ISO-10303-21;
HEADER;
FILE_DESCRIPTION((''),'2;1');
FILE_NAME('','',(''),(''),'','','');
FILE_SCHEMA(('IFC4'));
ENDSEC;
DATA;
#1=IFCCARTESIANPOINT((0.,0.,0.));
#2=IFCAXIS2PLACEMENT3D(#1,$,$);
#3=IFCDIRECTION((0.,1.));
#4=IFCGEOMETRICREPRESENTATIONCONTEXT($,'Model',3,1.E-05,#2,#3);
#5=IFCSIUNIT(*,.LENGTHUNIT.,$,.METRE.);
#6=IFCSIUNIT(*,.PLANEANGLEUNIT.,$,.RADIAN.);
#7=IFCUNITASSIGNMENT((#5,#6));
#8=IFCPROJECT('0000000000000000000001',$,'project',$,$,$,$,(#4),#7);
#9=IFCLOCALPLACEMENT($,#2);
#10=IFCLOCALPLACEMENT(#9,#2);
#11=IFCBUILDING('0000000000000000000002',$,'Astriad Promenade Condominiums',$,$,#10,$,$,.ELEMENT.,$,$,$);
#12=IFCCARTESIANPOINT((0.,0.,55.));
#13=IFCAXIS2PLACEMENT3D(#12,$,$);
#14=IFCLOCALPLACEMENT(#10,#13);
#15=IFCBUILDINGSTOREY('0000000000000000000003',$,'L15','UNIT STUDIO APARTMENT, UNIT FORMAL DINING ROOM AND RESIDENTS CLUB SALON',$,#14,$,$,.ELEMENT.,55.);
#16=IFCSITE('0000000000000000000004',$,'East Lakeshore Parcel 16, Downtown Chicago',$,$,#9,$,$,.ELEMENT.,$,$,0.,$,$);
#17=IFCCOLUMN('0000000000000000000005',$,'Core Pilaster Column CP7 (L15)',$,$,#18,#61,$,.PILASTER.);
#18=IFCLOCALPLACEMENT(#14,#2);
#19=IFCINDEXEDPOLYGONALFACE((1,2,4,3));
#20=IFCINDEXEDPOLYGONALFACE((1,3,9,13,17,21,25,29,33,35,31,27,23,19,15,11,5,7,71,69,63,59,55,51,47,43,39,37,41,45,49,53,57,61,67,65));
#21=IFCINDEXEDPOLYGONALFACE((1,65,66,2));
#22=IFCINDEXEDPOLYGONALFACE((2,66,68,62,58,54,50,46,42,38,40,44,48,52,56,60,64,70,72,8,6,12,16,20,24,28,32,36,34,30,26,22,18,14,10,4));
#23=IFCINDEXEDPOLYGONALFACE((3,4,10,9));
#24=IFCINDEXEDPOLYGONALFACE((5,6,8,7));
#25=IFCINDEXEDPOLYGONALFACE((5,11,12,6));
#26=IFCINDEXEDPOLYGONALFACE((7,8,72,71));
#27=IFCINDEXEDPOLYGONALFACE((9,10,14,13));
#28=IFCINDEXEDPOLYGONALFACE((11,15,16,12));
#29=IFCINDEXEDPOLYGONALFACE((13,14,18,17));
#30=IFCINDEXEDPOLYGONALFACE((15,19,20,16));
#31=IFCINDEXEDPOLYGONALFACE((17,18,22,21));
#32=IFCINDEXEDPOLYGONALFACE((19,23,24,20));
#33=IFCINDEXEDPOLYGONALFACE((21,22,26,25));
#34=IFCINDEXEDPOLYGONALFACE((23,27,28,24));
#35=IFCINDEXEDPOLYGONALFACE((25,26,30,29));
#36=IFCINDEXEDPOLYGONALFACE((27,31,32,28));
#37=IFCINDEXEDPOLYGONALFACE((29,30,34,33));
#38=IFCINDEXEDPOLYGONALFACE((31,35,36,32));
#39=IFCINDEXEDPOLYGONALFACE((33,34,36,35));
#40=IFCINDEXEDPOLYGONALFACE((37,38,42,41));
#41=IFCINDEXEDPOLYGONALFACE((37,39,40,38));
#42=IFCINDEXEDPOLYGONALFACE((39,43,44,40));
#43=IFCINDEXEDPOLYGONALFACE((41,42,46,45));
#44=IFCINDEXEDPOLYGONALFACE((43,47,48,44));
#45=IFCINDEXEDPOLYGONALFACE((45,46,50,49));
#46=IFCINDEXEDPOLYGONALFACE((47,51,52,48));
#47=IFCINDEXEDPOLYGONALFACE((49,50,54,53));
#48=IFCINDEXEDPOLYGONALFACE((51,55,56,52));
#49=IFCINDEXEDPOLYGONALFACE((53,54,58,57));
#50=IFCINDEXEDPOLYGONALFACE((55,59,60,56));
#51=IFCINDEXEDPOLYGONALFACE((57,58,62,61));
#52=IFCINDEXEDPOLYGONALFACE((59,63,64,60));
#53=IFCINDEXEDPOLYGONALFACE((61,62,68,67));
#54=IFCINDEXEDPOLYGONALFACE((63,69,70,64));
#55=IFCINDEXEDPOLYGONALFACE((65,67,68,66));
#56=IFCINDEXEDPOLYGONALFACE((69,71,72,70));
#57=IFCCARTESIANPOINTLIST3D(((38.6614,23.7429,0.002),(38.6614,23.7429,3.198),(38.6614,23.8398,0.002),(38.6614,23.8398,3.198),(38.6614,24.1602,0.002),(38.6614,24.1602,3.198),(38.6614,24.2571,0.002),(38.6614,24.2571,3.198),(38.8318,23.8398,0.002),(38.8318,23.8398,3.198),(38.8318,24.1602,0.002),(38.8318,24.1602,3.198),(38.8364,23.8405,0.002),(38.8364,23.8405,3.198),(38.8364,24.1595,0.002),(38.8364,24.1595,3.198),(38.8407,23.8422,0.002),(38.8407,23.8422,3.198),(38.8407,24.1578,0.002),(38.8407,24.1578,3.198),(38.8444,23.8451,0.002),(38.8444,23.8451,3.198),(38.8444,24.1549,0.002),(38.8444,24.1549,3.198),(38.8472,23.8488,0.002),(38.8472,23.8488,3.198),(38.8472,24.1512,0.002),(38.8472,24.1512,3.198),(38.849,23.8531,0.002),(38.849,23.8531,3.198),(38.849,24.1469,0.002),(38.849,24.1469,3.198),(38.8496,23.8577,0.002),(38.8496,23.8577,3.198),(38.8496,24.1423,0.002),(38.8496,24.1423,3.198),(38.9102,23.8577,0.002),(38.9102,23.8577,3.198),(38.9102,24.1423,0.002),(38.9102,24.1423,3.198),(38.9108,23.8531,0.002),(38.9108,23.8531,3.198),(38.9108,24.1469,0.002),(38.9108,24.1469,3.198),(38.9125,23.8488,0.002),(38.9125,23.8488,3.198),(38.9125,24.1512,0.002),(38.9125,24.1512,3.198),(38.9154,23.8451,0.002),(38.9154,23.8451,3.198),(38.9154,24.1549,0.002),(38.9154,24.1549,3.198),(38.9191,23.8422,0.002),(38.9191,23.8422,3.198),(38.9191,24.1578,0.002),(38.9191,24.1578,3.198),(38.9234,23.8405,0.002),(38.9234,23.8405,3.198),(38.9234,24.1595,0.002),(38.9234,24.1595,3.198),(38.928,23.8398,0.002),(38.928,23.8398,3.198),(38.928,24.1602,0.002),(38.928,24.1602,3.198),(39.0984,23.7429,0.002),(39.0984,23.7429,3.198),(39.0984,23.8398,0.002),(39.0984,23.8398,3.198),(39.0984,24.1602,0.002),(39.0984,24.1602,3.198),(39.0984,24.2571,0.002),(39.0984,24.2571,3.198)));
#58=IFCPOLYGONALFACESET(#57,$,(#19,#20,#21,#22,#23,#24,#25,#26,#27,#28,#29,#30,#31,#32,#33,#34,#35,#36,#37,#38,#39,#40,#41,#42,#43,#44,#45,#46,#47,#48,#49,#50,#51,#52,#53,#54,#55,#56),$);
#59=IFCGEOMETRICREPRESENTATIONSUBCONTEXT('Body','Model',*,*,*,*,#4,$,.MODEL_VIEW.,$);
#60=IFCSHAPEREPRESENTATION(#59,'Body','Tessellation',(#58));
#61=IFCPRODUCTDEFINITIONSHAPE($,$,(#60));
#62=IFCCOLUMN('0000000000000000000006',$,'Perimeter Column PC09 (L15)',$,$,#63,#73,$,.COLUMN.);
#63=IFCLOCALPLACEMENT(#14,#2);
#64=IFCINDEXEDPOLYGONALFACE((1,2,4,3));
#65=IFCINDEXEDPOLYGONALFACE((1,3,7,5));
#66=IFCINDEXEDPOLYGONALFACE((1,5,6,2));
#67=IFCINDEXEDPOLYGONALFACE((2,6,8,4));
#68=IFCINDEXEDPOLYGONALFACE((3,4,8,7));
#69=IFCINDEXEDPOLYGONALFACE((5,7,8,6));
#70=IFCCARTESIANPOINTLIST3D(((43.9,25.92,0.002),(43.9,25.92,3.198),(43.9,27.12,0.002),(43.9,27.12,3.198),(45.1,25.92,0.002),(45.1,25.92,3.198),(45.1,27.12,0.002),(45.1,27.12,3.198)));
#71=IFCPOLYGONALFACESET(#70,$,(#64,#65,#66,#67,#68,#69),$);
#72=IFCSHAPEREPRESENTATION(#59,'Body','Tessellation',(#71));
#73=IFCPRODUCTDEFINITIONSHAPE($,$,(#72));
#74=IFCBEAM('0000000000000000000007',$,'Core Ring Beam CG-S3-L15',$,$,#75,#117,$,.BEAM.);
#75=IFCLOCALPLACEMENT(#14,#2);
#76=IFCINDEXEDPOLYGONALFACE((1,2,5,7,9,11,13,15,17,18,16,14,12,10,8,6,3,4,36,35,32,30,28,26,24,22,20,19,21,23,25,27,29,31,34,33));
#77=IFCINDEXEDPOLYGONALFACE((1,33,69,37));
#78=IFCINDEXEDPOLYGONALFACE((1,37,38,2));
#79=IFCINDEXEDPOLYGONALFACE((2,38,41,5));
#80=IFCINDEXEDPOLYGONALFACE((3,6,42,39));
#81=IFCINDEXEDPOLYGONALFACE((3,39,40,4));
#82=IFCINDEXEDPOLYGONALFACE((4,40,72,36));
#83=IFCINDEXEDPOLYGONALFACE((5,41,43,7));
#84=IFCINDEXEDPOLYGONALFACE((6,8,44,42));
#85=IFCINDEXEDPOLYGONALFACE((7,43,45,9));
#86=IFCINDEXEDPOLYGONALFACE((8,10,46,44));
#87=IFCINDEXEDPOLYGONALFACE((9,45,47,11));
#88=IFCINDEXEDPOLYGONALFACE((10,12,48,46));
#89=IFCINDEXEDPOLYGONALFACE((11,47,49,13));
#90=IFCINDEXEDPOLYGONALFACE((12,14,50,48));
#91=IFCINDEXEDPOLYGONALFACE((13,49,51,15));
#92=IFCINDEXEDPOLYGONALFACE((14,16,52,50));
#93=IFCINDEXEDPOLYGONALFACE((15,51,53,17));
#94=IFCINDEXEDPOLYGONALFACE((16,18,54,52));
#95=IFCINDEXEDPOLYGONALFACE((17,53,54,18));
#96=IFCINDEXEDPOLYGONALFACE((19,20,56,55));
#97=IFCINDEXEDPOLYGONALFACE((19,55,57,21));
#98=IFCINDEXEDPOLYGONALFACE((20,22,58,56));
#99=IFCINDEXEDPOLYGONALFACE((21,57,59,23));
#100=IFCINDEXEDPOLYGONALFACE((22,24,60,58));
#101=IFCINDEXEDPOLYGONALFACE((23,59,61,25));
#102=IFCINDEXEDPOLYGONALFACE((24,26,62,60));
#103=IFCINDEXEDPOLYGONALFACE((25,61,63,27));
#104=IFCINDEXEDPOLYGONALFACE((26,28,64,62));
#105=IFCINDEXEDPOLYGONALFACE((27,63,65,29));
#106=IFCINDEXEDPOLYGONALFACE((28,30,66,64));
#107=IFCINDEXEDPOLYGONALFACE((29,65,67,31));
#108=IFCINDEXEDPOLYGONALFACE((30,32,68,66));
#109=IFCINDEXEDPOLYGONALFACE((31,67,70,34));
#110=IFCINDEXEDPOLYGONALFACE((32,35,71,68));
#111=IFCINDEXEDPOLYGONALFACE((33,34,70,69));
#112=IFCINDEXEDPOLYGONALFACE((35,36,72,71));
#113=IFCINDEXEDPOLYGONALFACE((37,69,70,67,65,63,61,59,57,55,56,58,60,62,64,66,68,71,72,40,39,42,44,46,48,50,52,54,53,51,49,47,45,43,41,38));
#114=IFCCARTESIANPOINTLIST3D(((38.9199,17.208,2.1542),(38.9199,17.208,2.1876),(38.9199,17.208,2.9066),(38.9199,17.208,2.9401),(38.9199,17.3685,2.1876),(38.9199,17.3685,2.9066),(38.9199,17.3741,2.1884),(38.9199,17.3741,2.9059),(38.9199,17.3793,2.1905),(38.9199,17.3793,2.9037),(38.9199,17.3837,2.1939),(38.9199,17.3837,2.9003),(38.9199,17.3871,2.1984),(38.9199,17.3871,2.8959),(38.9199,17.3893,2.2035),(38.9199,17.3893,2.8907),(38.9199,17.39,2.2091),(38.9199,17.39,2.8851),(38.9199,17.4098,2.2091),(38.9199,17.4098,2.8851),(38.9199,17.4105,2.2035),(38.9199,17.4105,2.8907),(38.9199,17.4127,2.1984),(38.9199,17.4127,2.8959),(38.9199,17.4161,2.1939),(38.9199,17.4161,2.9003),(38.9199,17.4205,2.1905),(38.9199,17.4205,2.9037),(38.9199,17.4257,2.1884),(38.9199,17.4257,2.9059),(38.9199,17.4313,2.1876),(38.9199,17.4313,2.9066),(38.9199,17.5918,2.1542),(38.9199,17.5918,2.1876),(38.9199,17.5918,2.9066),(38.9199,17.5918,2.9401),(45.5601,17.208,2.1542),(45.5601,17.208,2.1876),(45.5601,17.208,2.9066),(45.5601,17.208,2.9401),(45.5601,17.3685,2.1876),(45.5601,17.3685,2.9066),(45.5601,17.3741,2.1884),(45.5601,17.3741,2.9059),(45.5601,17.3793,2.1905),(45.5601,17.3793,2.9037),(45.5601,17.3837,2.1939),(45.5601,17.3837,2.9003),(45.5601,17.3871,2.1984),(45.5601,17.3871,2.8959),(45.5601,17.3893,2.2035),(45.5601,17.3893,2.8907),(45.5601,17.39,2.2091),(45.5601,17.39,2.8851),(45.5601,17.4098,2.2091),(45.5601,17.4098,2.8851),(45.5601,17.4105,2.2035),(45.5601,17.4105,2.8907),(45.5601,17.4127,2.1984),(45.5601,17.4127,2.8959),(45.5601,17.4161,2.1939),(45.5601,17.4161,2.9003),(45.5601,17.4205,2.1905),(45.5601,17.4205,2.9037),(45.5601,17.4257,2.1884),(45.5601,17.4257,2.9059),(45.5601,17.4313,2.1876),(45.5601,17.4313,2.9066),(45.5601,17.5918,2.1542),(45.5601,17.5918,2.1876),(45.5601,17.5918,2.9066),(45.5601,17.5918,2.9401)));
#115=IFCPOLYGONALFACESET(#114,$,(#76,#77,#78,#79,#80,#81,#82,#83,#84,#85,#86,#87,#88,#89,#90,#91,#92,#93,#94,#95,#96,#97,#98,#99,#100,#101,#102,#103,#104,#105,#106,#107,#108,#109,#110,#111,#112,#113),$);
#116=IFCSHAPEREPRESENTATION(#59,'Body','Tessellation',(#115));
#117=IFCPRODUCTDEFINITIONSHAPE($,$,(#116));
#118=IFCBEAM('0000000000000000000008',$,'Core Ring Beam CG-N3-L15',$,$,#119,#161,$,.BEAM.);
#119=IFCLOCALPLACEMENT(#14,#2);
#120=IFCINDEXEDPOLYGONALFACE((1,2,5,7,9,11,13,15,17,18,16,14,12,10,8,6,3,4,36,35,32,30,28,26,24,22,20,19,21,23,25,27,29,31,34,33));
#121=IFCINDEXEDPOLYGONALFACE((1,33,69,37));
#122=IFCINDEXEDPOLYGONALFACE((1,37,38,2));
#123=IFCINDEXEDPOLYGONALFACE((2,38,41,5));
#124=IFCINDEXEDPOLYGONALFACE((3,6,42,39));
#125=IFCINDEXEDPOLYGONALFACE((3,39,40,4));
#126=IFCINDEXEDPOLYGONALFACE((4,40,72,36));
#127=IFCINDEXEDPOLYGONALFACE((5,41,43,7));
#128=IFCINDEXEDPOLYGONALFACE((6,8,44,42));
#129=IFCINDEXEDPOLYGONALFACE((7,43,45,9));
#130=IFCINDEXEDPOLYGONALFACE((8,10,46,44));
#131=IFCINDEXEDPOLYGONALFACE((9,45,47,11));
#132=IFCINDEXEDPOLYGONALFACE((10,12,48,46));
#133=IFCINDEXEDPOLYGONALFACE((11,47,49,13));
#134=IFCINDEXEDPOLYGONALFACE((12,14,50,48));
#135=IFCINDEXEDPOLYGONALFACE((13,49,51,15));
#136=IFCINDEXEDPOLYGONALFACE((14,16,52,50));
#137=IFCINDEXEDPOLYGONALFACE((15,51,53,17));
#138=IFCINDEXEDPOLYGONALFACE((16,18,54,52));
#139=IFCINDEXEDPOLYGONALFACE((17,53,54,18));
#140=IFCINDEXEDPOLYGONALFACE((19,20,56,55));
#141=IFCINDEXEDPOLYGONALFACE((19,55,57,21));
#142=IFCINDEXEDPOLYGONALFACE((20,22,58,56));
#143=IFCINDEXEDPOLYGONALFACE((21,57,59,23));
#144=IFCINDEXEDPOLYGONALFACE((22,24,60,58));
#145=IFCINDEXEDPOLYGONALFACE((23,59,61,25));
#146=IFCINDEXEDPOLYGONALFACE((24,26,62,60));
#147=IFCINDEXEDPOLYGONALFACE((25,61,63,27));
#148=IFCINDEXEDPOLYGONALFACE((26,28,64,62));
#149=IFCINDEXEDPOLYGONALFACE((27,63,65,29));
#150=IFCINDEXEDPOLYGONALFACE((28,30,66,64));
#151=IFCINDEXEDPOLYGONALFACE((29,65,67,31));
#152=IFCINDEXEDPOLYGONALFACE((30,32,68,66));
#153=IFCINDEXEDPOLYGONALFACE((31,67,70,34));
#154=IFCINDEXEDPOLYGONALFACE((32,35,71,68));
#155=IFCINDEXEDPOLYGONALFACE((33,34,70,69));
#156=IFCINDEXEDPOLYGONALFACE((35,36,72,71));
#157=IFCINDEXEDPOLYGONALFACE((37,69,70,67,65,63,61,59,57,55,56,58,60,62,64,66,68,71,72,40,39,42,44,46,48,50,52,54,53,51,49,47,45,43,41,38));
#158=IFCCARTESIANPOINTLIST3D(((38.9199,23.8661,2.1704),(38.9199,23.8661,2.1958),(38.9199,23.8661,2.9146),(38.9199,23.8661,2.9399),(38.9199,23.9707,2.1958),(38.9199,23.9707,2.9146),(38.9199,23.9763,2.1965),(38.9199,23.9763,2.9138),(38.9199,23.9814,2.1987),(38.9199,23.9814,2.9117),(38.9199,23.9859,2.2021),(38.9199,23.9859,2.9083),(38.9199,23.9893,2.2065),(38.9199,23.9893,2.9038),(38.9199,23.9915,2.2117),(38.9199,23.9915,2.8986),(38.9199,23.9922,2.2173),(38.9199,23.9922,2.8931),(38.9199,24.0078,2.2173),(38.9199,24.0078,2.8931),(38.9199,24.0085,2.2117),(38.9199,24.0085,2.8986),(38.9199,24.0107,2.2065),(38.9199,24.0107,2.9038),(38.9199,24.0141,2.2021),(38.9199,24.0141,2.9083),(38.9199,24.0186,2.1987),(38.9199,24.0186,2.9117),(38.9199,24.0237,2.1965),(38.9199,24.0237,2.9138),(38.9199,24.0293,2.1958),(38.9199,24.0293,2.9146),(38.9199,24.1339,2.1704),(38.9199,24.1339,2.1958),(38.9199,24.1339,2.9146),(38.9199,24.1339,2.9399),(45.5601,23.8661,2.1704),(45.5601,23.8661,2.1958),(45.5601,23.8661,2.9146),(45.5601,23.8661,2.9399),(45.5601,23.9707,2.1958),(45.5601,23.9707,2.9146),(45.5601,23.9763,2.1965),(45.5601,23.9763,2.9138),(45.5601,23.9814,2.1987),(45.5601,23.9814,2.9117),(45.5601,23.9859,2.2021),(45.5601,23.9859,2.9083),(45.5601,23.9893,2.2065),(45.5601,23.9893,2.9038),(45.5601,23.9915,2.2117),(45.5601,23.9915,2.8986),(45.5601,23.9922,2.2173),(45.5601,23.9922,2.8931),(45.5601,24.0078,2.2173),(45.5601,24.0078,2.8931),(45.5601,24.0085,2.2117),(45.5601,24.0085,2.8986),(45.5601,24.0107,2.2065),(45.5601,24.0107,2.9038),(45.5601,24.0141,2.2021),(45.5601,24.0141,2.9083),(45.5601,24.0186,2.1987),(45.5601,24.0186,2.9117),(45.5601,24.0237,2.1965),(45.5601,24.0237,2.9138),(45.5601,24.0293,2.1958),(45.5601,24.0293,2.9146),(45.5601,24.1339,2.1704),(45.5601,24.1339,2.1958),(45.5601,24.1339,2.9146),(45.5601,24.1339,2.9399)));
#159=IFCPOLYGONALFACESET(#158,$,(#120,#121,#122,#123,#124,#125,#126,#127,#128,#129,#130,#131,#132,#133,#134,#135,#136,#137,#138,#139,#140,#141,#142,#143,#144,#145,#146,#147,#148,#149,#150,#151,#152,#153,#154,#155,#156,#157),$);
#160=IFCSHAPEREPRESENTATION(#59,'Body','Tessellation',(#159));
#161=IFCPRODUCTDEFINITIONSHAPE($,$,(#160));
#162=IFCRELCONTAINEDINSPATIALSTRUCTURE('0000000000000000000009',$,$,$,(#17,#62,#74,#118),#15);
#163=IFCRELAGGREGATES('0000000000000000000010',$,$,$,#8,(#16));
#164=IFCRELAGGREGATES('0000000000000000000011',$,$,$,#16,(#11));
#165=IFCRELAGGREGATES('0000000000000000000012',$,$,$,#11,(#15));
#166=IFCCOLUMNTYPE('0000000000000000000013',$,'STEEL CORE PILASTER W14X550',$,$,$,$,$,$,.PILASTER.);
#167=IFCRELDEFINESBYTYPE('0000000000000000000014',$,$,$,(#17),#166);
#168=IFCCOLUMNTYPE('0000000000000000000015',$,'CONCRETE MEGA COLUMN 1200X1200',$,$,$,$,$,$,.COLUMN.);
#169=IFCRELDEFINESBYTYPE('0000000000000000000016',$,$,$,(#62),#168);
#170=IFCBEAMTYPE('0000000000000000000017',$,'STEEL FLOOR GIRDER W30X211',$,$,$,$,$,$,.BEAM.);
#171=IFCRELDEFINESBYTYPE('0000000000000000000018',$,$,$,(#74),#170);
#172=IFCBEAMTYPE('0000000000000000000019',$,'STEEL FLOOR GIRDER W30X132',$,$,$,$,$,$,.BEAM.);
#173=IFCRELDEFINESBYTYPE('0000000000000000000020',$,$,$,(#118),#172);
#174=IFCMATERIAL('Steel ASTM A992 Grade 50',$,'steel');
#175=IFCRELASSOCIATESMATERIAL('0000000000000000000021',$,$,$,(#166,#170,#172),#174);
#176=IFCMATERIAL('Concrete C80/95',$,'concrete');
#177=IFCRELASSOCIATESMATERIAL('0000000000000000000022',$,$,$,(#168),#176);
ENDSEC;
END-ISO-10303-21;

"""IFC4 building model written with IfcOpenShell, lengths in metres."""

from ifc_helpers import new_model, si_unit, direction, frame, origin, origin_2d, place, context, subcontext, project, spatial, rectangle, i_section, extrude, source, transform, mapped, material, material_profile, profile_set, type_object, type_shapes, element, save


model = new_model("IFC4")

# Units and contexts
model_context = context("Model", 3, precision=1e-05, world=origin(), true_north=direction((0.0, 1.0)))
body_context = subcontext(model_context, "Body", "Model", "MODEL_VIEW")
ifc_project = project(units=[si_unit("LENGTHUNIT", "METRE"), si_unit("PLANEANGLEUNIT", "RADIAN")], contexts=[model_context])

# Site, building, storey
site_placement = place(None, origin())
site = spatial("IfcSite", under=ifc_project, at=site_placement, Name="East Lakeshore Parcel 16, Downtown Chicago", CompositionType="ELEMENT", RefElevation=0.0)
building_placement = place(site_placement, origin())
building = spatial("IfcBuilding", under=site, at=building_placement, Name="Astriad Promenade Condominiums", CompositionType="ELEMENT")
storey_placement = place(building_placement, frame((0.0, 0.0, 55.0)))
storey = spatial("IfcBuildingStorey", under=building, at=storey_placement, Name="L15", Description="UNIT STUDIO APARTMENT, UNIT FORMAL DINING ROOM AND RESIDENTS CLUB SALON", CompositionType="ELEMENT", Elevation=55.0)

# Columns
ifc_material_1 = material(Name="Steel ASTM A992 Grade 50", Category="steel")
ifc_material_profile_1 = material_profile(ifc_material_1, i_section(OverallWidth=0.437, OverallDepth=0.5142, WebThickness=0.0605, FlangeThickness=0.0969, FilletRadius=0.0178, at=origin_2d()), Name="W14X550")
ifc_profile_set_1 = profile_set([ifc_material_profile_1], Name="Steel ASTM A992 Grade 50")
column_type_1 = type_object("IfcColumnType", Name="STEEL CORE PILASTER W14X550", PredefinedType="PILASTER", material=ifc_profile_set_1)
shared_shape_1 = source(origin(), body_context, "Body", "SweptSolid", [
    extrude(i_section(OverallWidth=0.437, OverallDepth=0.5142, WebThickness=0.0605, FlangeThickness=0.0969, FilletRadius=0.0178, at=origin_2d()), origin(), (0.0, 0.0, 1.0), 3.196),
])
type_shapes(column_type_1, [shared_shape_1])
column_1_placement = place(storey_placement, frame((38.8799, 24.0, 0.002), z_axis=(0.0, 0.0, 1.0), x_axis=(1.0, 0.0, 0.0)))
element("IfcColumn", 1, at=column_1_placement, inside=storey, type_object=column_type_1, Name="Core Pilaster Column CP7 (L15)", PredefinedType="PILASTER", context=body_context, shape_type="MappedRepresentation", body=[
    mapped(shared_shape_1, transform((0.0, 0.0, 0.0), scale=1.0)),
])
ifc_material_2 = material(Name="Concrete C80/95", Category="concrete")
ifc_material_profile_2 = material_profile(ifc_material_2, rectangle(XDim=1.2, YDim=1.2, at=origin_2d()), Name="RC-COL-1200X1200")
ifc_profile_set_2 = profile_set([ifc_material_profile_2], Name="Concrete C80/95")
column_type_2 = type_object("IfcColumnType", Name="CONCRETE MEGA COLUMN 1200X1200", PredefinedType="COLUMN", material=ifc_profile_set_2)
shared_shape_2 = source(origin(), body_context, "Body", "SweptSolid", [
    extrude(rectangle(XDim=1.2, YDim=1.2, at=origin_2d()), origin(), (0.0, 0.0, 1.0), 3.196),
])
type_shapes(column_type_2, [shared_shape_2])
column_2_placement = place(storey_placement, frame((44.5, 26.52, 0.002), z_axis=(0.0, 0.0, 1.0), x_axis=(1.0, 0.0, 0.0)))
element("IfcColumn", 2, at=column_2_placement, inside=storey, type_object=column_type_2, Name="Perimeter Column PC09 (L15)", PredefinedType="COLUMN", context=body_context, shape_type="MappedRepresentation", body=[
    mapped(shared_shape_2, transform((0.0, 0.0, 0.0), scale=1.0)),
])

# Beams
ifc_material_profile_3 = material_profile(ifc_material_1, i_section(OverallWidth=0.3838, OverallDepth=0.7859, WebThickness=0.0198, FlangeThickness=0.0334, FilletRadius=0.0215, at=origin_2d()), Name="W30X211")
ifc_profile_set_3 = profile_set([ifc_material_profile_3], Name="Steel ASTM A992 Grade 50")
beam_type_1 = type_object("IfcBeamType", Name="STEEL FLOOR GIRDER W30X211", PredefinedType="BEAM", material=ifc_profile_set_3)
shared_shape_3 = source(origin(), body_context, "Body", "SweptSolid", [
    extrude(i_section(OverallWidth=0.3838, OverallDepth=0.7859, WebThickness=0.0198, FlangeThickness=0.0334, FilletRadius=0.0215, at=origin_2d()), origin(), (0.0, 0.0, 1.0), 6.6401),
])
type_shapes(beam_type_1, [shared_shape_3])
beam_1_placement = place(storey_placement, frame((38.9199, 17.3999, 2.5471), z_axis=(1.0, 0.0, 0.0), x_axis=(0.0, 1.0, 0.0)))
element("IfcBeam", 3, at=beam_1_placement, inside=storey, type_object=beam_type_1, Name="Core Ring Beam CG-S3-L15", PredefinedType="BEAM", context=body_context, shape_type="MappedRepresentation", body=[
    mapped(shared_shape_3, transform((0.0, 0.0, 0.0), scale=1.0)),
])
ifc_material_profile_4 = material_profile(ifc_material_1, i_section(OverallWidth=0.2678, OverallDepth=0.7695, WebThickness=0.0156, FlangeThickness=0.0254, FilletRadius=0.0215, at=origin_2d()), Name="W30X132")
ifc_profile_set_4 = profile_set([ifc_material_profile_4], Name="Steel ASTM A992 Grade 50")
beam_type_2 = type_object("IfcBeamType", Name="STEEL FLOOR GIRDER W30X132", PredefinedType="BEAM", material=ifc_profile_set_4)
shared_shape_4 = source(origin(), body_context, "Body", "SweptSolid", [
    extrude(i_section(OverallWidth=0.2678, OverallDepth=0.7695, WebThickness=0.0156, FlangeThickness=0.0254, FilletRadius=0.0215, at=origin_2d()), origin(), (0.0, 0.0, 1.0), 6.6401),
])
type_shapes(beam_type_2, [shared_shape_4])
beam_2_placement = place(storey_placement, frame((38.9199, 24.0, 2.5552), z_axis=(1.0, 0.0, 0.0), x_axis=(0.0, 1.0, 0.0)))
element("IfcBeam", 4, at=beam_2_placement, inside=storey, type_object=beam_type_2, Name="Core Ring Beam CG-N3-L15", PredefinedType="BEAM", context=body_context, shape_type="MappedRepresentation", body=[
    mapped(shared_shape_4, transform((0.0, 0.0, 0.0), scale=1.0)),
])

save(model, "model.ifc")
